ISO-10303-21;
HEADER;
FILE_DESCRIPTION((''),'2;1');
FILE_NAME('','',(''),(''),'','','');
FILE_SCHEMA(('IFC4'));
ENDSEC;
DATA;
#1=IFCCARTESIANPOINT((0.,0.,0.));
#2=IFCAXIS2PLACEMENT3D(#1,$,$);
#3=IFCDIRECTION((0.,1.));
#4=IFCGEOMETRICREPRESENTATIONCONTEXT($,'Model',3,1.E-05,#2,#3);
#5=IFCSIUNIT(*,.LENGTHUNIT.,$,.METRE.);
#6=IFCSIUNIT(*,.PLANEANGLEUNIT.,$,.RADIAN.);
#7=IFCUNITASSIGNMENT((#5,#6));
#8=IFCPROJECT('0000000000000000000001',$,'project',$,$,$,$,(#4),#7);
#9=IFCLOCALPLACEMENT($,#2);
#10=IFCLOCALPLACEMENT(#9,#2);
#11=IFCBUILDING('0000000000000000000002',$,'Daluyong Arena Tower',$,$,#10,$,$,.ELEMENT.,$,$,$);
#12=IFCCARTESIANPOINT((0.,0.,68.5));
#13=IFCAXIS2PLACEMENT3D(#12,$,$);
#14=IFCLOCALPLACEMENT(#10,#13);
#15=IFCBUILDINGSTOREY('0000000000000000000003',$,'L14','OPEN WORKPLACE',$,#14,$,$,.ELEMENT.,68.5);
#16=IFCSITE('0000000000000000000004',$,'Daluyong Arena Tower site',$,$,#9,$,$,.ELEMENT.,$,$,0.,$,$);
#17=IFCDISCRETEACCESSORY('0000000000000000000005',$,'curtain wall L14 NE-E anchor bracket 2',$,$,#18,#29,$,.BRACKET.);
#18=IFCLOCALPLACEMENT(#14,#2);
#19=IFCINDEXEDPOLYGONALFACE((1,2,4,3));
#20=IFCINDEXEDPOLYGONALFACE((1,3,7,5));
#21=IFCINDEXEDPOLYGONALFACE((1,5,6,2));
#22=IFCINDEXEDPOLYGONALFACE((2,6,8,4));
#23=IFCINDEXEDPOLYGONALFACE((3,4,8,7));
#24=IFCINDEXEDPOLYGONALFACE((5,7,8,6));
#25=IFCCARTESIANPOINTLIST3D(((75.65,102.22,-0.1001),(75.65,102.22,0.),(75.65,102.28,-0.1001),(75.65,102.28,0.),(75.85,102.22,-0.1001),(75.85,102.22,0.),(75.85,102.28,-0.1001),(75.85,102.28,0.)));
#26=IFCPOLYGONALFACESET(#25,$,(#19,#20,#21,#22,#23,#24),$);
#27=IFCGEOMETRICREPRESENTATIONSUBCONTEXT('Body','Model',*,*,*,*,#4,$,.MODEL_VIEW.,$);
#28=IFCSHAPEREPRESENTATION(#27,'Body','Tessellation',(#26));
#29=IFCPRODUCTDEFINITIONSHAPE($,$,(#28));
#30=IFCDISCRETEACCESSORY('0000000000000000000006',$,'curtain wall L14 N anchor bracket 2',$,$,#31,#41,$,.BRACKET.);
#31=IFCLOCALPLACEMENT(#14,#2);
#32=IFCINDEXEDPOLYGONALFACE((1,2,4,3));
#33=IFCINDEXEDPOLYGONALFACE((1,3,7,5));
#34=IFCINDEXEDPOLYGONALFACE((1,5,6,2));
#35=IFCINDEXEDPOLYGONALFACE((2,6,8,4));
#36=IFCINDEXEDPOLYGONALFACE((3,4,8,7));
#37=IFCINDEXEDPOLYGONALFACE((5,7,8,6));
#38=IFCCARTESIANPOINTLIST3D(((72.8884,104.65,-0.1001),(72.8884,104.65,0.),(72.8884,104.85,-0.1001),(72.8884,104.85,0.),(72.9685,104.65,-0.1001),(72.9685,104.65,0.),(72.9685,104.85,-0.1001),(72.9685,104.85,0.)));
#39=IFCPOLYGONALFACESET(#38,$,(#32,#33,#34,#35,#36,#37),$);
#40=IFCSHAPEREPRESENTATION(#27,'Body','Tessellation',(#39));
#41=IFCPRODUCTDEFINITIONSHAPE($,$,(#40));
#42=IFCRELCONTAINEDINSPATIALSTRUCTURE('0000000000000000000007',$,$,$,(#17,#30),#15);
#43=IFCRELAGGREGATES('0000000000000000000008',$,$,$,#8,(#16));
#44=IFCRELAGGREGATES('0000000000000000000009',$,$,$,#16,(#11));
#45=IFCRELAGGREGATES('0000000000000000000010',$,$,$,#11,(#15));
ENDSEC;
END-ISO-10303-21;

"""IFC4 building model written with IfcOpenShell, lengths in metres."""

from ifc_helpers import new_model, si_unit, direction, frame, origin, origin_2d, place, context, subcontext, project, spatial, rectangle, extrude, element, save


model = new_model("IFC4")

# Units and contexts
model_context = context("Model", 3, precision=1e-05, world=origin(), true_north=direction((0.0, 1.0)))
body_context = subcontext(model_context, "Body", "Model", "MODEL_VIEW")
ifc_project = project(units=[si_unit("LENGTHUNIT", "METRE"), si_unit("PLANEANGLEUNIT", "RADIAN")], contexts=[model_context])

# Site, building, storey
site_placement = place(None, origin())
site = spatial("IfcSite", under=ifc_project, at=site_placement, Name="Daluyong Arena Tower site", CompositionType="ELEMENT", RefElevation=0.0)
building_placement = place(site_placement, origin())
building = spatial("IfcBuilding", under=site, at=building_placement, Name="Daluyong Arena Tower", CompositionType="ELEMENT")
storey_placement = place(building_placement, frame((0.0, 0.0, 68.5)))
storey = spatial("IfcBuildingStorey", under=building, at=storey_placement, Name="L14", Description="OPEN WORKPLACE", CompositionType="ELEMENT", Elevation=68.5)

# Discrete accessories
for number, where, z_axis, x_axis, name in (
    (1, (75.75, 102.25, -0.1001), (0.0, 0.0, 1.0), (0.0, 1.0, 0.0), "curtain wall L14 NE-E anchor bracket 2"),
):
    element("IfcDiscreteAccessory", number, at=place(storey_placement, frame(where, z_axis=z_axis, x_axis=x_axis)), inside=storey, Name=name, PredefinedType="BRACKET", context=body_context, shape_type="SweptSolid", body=[
        extrude(rectangle(XDim=0.0601, YDim=0.2, at=origin_2d()), origin(), (0.0, 0.0, 1.0), 0.1001),
    ])
discrete_accessory_placement = place(storey_placement, frame((72.9285, 104.75, -0.1001), z_axis=(0.0, 0.0, 1.0), x_axis=(-1.0, 0.0, 0.0)))
element("IfcDiscreteAccessory", 2, at=discrete_accessory_placement, inside=storey, Name="curtain wall L14 N anchor bracket 2", PredefinedType="BRACKET", context=body_context, shape_type="SweptSolid", body=[
    extrude(rectangle(XDim=0.0801, YDim=0.2, at=origin_2d()), origin(), (0.0, 0.0, 1.0), 0.1001),
])

save(model, "model.ifc")
